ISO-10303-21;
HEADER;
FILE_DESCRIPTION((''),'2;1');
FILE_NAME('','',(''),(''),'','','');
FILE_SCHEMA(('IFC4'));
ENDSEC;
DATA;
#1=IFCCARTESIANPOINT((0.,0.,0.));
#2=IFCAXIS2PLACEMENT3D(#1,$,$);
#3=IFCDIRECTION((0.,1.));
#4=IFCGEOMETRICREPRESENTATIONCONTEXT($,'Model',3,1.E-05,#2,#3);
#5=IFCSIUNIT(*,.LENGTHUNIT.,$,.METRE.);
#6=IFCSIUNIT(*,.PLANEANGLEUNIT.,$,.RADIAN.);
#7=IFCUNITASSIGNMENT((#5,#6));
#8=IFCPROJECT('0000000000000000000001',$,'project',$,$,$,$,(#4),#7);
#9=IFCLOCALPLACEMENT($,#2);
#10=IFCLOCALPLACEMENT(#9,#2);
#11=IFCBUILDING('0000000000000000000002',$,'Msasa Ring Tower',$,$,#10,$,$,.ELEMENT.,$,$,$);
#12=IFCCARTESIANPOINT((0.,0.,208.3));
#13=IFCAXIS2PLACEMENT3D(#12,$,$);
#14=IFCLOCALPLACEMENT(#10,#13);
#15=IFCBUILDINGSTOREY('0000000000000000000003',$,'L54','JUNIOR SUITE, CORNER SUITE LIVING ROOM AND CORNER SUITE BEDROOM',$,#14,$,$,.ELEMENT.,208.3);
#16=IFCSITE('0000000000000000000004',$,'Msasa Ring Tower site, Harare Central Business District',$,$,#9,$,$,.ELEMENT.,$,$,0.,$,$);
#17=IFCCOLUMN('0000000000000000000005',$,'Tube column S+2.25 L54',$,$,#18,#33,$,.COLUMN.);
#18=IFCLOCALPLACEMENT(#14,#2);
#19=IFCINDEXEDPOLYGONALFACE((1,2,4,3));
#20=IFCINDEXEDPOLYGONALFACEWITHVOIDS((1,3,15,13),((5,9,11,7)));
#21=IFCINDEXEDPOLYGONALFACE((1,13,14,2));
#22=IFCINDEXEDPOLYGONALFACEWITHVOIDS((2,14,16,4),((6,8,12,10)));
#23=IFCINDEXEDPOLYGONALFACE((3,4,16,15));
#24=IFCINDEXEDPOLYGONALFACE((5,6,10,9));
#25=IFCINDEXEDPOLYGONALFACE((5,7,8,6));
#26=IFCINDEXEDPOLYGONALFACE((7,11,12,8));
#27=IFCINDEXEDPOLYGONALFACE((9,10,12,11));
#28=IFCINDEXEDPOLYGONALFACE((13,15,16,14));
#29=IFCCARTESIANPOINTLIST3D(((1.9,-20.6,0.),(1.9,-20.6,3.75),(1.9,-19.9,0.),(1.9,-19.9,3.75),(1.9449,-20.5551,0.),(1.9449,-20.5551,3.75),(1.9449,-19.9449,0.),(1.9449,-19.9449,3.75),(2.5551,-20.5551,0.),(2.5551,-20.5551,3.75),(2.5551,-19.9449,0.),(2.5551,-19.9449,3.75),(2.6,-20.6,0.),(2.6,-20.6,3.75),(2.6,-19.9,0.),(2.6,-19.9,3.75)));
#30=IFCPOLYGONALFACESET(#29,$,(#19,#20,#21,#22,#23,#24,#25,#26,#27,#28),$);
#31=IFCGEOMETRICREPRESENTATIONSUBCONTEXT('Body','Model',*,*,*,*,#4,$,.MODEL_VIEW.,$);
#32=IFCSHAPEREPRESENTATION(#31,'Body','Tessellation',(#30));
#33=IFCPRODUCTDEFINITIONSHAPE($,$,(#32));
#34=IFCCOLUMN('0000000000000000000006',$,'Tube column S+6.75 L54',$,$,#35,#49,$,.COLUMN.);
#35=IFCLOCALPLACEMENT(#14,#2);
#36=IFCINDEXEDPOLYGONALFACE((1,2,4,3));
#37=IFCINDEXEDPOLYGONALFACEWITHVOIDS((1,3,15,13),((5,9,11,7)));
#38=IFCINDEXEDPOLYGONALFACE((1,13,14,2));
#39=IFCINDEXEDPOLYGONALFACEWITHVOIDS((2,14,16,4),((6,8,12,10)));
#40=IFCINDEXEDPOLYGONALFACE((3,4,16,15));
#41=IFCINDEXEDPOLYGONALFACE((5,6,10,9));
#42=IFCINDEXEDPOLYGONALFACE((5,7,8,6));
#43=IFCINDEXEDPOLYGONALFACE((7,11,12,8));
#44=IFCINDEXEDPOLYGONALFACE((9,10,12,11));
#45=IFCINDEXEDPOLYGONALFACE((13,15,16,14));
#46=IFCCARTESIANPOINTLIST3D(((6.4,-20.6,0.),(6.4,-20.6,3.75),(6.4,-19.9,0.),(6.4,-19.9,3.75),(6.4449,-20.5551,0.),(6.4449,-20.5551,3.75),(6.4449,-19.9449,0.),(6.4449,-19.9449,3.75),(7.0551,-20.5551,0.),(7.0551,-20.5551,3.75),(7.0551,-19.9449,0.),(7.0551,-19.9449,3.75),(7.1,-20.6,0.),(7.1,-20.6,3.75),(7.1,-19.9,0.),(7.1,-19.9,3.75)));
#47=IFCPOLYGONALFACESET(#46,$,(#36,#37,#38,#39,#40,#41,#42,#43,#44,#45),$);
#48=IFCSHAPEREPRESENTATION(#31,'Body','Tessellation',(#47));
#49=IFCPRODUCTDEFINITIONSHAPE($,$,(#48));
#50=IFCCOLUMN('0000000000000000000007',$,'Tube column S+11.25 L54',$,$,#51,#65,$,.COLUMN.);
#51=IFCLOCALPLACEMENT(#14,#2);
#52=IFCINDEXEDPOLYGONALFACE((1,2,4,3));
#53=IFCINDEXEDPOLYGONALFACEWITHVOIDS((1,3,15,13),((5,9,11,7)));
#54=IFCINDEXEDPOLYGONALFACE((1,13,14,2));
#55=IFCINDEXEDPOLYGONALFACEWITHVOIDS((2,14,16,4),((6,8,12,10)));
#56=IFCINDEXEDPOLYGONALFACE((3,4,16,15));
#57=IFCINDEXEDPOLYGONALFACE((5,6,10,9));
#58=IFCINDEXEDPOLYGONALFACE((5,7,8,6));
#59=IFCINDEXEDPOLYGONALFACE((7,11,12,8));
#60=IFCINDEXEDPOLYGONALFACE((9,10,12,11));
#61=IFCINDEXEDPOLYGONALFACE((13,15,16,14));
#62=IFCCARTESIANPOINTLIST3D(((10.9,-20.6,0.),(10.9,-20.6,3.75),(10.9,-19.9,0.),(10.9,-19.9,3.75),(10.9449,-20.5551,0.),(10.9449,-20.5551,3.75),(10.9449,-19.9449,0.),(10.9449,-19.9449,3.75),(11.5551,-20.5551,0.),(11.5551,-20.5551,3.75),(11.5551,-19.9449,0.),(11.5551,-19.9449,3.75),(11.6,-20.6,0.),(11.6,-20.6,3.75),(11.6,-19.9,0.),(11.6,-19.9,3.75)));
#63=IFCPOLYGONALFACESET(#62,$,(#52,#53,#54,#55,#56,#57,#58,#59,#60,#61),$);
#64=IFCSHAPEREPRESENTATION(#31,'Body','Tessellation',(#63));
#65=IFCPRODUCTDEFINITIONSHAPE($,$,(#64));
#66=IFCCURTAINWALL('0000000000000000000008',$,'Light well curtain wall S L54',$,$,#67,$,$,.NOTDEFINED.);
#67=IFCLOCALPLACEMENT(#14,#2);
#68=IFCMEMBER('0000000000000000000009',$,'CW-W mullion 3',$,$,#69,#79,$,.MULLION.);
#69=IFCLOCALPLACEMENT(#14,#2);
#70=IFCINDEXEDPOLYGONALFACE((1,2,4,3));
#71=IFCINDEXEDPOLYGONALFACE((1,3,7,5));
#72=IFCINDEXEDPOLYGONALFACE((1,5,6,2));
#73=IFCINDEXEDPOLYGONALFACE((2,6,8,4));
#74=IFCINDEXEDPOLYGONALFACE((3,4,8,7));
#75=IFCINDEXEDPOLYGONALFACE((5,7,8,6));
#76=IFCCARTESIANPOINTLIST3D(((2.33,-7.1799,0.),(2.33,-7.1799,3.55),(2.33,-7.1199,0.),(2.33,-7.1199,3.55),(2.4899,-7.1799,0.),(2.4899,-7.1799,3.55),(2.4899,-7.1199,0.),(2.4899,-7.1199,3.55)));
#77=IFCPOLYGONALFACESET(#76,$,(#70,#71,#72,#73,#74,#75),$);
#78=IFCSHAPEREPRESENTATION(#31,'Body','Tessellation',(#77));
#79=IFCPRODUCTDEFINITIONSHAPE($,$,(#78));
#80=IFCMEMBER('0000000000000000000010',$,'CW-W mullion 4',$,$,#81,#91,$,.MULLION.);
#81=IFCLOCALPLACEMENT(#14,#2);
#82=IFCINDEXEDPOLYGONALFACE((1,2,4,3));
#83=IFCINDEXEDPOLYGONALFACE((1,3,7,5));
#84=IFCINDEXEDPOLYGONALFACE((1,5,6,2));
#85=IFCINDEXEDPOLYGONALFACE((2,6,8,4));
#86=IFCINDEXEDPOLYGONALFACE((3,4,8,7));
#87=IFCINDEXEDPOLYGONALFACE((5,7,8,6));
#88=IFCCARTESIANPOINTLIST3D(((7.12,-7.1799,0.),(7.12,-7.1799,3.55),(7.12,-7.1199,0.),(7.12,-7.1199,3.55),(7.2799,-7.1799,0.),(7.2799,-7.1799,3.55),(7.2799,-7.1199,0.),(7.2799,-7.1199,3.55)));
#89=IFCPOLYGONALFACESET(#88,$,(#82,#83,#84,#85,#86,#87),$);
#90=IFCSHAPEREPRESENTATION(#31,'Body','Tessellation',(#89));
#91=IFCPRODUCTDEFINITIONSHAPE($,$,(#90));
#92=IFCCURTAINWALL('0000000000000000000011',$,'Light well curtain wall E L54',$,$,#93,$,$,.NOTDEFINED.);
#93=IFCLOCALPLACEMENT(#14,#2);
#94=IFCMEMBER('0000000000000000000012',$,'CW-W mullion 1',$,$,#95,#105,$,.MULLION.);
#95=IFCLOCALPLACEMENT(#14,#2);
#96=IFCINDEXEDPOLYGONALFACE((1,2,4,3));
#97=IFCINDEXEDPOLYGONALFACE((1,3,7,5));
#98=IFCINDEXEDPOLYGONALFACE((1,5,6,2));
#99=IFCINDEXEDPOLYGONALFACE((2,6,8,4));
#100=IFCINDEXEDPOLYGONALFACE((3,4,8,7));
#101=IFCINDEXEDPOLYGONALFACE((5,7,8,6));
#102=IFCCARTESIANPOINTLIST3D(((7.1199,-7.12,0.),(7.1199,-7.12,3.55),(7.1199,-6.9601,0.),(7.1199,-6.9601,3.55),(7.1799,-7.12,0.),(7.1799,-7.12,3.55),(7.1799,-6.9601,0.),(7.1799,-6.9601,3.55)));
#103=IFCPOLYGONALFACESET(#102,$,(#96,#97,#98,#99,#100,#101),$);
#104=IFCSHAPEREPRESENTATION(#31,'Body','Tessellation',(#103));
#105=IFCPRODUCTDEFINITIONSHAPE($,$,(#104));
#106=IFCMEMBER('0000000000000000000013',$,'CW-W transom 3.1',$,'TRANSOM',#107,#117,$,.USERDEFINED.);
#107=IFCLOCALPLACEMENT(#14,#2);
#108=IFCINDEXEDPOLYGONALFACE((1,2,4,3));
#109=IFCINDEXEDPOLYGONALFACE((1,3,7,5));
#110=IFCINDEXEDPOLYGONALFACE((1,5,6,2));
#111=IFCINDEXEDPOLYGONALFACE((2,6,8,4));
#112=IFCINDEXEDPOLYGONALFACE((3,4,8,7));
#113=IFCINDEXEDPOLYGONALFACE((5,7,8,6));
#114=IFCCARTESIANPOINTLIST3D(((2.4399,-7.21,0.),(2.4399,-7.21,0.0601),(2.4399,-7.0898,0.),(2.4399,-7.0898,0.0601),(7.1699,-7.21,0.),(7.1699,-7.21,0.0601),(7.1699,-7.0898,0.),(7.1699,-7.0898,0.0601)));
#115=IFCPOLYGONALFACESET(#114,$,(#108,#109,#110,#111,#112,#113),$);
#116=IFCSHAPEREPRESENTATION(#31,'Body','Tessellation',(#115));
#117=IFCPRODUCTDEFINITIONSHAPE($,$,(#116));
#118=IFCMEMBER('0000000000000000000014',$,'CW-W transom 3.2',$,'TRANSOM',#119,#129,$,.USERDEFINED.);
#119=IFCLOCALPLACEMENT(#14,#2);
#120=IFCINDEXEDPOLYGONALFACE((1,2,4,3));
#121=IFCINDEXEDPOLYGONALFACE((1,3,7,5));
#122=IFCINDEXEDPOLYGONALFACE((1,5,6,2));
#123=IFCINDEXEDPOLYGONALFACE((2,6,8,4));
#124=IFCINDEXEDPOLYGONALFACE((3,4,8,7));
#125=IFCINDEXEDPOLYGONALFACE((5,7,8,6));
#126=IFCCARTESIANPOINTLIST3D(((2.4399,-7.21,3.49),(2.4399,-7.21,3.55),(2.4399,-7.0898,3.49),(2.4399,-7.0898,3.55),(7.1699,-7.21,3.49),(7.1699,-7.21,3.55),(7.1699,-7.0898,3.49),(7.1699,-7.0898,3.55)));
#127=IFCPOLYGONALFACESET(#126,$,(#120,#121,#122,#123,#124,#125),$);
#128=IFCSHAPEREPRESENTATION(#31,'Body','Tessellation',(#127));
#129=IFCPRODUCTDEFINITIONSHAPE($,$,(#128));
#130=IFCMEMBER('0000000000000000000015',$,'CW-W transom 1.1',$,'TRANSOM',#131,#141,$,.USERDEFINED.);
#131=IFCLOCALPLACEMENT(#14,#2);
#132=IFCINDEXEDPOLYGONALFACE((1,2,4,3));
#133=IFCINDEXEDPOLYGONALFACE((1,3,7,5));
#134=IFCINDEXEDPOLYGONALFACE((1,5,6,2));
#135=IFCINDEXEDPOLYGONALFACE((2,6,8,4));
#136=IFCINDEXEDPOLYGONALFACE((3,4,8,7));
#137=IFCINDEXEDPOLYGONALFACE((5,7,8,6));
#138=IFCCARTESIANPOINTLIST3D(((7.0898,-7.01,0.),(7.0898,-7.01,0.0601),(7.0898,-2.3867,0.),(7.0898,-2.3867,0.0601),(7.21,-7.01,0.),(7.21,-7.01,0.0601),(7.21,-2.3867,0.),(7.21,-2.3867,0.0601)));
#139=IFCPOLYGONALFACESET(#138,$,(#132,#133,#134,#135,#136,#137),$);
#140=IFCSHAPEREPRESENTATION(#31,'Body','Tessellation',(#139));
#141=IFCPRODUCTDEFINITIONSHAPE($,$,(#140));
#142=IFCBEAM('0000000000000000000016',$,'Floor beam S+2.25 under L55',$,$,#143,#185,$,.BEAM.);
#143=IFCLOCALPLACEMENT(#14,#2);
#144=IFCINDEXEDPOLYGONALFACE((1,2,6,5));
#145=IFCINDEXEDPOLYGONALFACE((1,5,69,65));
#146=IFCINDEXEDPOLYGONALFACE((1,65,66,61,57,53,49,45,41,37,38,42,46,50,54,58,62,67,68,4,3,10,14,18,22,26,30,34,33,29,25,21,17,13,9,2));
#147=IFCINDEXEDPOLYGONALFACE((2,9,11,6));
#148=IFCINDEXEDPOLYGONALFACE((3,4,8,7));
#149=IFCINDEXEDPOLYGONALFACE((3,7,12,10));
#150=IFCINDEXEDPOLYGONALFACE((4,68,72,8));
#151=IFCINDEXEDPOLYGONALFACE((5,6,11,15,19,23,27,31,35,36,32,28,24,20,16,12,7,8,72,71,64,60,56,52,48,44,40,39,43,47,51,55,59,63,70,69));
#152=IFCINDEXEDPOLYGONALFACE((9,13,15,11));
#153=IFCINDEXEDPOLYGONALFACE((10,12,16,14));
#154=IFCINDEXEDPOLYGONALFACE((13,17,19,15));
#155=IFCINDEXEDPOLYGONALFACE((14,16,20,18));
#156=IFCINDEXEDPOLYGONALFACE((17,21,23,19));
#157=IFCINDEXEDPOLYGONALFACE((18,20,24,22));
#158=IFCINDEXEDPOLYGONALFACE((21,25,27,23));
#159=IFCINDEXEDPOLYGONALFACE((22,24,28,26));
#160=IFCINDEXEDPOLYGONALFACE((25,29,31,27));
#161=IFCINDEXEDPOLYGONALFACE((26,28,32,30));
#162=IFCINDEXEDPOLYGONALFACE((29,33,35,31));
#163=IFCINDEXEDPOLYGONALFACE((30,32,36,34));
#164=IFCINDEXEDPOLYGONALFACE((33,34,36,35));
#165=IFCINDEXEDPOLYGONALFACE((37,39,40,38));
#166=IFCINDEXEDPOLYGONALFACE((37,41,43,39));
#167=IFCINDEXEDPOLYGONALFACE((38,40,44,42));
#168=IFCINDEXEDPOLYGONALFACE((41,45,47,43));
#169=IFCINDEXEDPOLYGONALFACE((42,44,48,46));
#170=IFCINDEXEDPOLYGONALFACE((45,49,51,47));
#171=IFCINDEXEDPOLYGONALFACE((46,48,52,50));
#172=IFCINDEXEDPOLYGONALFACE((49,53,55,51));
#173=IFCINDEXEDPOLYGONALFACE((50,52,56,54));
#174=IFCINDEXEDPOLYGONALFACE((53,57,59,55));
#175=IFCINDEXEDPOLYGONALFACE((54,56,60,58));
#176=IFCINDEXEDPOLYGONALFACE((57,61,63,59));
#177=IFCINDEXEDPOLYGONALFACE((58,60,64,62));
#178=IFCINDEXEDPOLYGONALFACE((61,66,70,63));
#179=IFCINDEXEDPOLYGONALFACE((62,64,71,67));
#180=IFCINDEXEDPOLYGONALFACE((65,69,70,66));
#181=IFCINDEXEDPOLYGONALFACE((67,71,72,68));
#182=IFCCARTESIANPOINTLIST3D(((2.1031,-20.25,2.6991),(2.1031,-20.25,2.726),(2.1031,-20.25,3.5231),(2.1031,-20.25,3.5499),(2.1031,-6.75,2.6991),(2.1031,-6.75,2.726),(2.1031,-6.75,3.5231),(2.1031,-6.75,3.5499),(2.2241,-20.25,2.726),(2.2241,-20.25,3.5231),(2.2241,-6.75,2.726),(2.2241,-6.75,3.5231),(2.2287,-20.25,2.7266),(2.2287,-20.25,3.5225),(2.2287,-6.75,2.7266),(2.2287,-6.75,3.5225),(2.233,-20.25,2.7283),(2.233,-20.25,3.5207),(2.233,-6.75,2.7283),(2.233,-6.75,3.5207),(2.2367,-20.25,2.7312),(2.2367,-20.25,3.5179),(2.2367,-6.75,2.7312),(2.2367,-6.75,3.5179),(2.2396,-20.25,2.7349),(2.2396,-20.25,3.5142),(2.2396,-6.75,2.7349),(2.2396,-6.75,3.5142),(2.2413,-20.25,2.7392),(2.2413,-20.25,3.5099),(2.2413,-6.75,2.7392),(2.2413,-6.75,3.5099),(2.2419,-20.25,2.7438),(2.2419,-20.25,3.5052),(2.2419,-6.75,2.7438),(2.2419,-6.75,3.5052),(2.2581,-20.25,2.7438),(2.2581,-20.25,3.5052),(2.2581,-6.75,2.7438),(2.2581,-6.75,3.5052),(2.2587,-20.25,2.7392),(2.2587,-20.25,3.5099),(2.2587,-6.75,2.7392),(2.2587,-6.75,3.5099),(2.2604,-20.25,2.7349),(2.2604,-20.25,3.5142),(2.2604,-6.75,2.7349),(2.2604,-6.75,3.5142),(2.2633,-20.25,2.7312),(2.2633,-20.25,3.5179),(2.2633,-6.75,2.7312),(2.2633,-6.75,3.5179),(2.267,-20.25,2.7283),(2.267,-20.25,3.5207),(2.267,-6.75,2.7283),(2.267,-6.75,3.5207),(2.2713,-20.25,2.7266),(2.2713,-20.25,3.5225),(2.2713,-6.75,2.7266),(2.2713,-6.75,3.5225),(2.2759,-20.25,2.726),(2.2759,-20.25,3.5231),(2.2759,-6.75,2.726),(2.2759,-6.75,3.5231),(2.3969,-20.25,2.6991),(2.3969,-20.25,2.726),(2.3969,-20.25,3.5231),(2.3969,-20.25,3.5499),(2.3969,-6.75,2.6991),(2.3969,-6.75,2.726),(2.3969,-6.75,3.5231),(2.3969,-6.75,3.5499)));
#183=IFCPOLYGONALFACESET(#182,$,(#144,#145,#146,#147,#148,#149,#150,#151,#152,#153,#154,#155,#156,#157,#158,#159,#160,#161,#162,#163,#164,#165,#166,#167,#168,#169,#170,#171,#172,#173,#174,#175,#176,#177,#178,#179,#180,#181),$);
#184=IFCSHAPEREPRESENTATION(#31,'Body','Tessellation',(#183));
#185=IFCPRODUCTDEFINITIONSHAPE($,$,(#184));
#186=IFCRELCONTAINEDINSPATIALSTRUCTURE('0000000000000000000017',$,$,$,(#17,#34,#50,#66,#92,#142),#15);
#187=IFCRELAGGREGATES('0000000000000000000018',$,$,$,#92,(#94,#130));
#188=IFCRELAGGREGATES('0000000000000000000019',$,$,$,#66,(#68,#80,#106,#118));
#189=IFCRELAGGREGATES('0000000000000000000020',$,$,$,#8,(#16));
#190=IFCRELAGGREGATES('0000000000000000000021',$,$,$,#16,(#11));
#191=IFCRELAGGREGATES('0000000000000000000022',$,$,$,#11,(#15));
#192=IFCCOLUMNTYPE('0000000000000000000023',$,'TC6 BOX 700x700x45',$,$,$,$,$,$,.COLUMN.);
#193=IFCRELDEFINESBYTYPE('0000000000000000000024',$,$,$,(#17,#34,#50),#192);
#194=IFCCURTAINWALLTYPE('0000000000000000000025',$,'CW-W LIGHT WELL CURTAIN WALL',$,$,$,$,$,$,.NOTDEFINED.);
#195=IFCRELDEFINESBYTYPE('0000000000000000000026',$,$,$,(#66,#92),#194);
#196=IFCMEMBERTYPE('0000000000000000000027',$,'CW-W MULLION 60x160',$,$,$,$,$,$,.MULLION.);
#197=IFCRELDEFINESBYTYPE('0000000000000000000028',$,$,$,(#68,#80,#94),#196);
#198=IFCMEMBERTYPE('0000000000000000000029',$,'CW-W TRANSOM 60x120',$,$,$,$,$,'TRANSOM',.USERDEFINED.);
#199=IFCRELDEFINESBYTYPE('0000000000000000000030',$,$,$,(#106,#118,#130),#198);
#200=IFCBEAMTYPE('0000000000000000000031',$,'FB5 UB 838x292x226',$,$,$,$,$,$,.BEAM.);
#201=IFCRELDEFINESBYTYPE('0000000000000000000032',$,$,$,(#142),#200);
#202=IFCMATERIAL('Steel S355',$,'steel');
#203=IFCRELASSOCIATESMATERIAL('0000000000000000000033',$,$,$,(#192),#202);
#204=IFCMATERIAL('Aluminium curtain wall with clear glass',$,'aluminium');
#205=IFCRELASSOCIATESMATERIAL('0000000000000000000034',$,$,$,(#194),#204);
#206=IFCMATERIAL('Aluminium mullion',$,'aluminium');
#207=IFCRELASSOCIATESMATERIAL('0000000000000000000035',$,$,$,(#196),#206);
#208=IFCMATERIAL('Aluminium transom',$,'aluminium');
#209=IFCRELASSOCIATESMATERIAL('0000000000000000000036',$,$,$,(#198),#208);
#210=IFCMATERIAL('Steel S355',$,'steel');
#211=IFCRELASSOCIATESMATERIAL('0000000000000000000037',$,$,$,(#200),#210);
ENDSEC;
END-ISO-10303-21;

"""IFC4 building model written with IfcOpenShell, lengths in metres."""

from ifc_helpers import new_model, si_unit, direction, frame, origin, origin_2d, place, context, subcontext, project, spatial, rectangle, hollow_rectangle, i_section, extrude, material, material_profile, profile_set, type_object, element, aggregate, save


model = new_model("IFC4")

# Units and contexts
model_context = context("Model", 3, precision=1e-05, world=origin(), true_north=direction((0.0, 1.0)))
body_context = subcontext(model_context, "Body", "Model", "MODEL_VIEW")
ifc_project = project(units=[si_unit("LENGTHUNIT", "METRE"), si_unit("PLANEANGLEUNIT", "RADIAN")], contexts=[model_context])

# Site, building, storey
site_placement = place(None, origin())
site = spatial("IfcSite", under=ifc_project, at=site_placement, Name="Msasa Ring Tower site, Harare Central Business District", CompositionType="ELEMENT", RefElevation=0.0)
building_placement = place(site_placement, origin())
building = spatial("IfcBuilding", under=site, at=building_placement, Name="Msasa Ring Tower", CompositionType="ELEMENT")
storey_placement = place(building_placement, frame((0.0, 0.0, 208.3)))
storey = spatial("IfcBuildingStorey", under=building, at=storey_placement, Name="L54", Description="JUNIOR SUITE, CORNER SUITE LIVING ROOM AND CORNER SUITE BEDROOM", CompositionType="ELEMENT", Elevation=208.3)

# Columns
ifc_material_1 = material(Name="Steel S355", Category="steel")
ifc_material_profile_1 = material_profile(ifc_material_1, hollow_rectangle(XDim=0.7, YDim=0.7, WallThickness=0.0449, at=origin_2d()), Name="BOX 700x700x45")
ifc_profile_set_1 = profile_set([ifc_material_profile_1], Name="Steel S355")
column_type = type_object("IfcColumnType", Name="TC6 BOX 700x700x45", PredefinedType="COLUMN", material=ifc_profile_set_1)
for number, where, z_axis, x_axis, name in (
    (1, (2.25, -20.25, 0.0), (0.0, 0.0, 1.0), (0.0, 1.0, 0.0), "Tube column S+2.25 L54"),
    (2, (6.75, -20.25, 0.0), (0.0, 0.0, 1.0), (0.0, 1.0, 0.0), "Tube column S+6.75 L54"),
    (3, (11.25, -20.25, 0.0), (0.0, 0.0, 1.0), (0.0, 1.0, 0.0), "Tube column S+11.25 L54"),
):
    element("IfcColumn", number, at=place(storey_placement, frame(where, z_axis=z_axis, x_axis=x_axis)), inside=storey, type_object=column_type, Name=name, PredefinedType="COLUMN", context=body_context, shape_type="SweptSolid", body=[
        extrude(hollow_rectangle(XDim=0.7, YDim=0.7, WallThickness=0.0449, at=origin_2d()), origin(), (0.0, 0.0, 1.0), 3.75),
    ])

# Curtain wall, members
ifc_material_2 = material(Name="Aluminium curtain wall with clear glass", Category="aluminium")
curtain_wall_type = type_object("IfcCurtainWallType", Name="CW-W LIGHT WELL CURTAIN WALL", PredefinedType="NOTDEFINED", material=ifc_material_2)
curtain_wall_1_placement = place(storey_placement, origin())
curtain_wall_1 = element("IfcCurtainWall", 4, at=curtain_wall_1_placement, inside=storey, type_object=curtain_wall_type, Name="Light well curtain wall S L54", PredefinedType="NOTDEFINED")
ifc_material_3 = material(Name="Aluminium mullion", Category="aluminium")
ifc_material_profile_2 = material_profile(ifc_material_3, rectangle(XDim=0.0601, YDim=0.1599, at=origin_2d()), Name="AL 60x160")
ifc_profile_set_2 = profile_set([ifc_material_profile_2], Name="Aluminium mullion")
member_type_1 = type_object("IfcMemberType", Name="CW-W MULLION 60x160", PredefinedType="MULLION", material=ifc_profile_set_2)
member_1_placement = place(storey_placement, frame((2.4099, -7.1499, 0.0), z_axis=(0.0, 0.0, 1.0), x_axis=(0.0, 1.0, 0.0)))
member_1 = element("IfcMember", 5, at=member_1_placement, type_object=member_type_1, Name="CW-W mullion 3", PredefinedType="MULLION", context=body_context, shape_type="SweptSolid", body=[
    extrude(rectangle(XDim=0.0601, YDim=0.1599, at=origin_2d()), origin(), (0.0, 0.0, 1.0), 3.55),
])
member_2_placement = place(storey_placement, frame((7.2, -7.1499, 0.0), z_axis=(0.0, 0.0, 1.0), x_axis=(0.0, 1.0, 0.0)))
member_2 = element("IfcMember", 6, at=member_2_placement, type_object=member_type_1, Name="CW-W mullion 4", PredefinedType="MULLION", context=body_context, shape_type="SweptSolid", body=[
    extrude(rectangle(XDim=0.0601, YDim=0.1599, at=origin_2d()), origin(), (0.0, 0.0, 1.0), 3.55),
])

# Curtain wall, member
curtain_wall_2_placement = place(storey_placement, origin())
curtain_wall_2 = element("IfcCurtainWall", 7, at=curtain_wall_2_placement, inside=storey, type_object=curtain_wall_type, Name="Light well curtain wall E L54", PredefinedType="NOTDEFINED")
member_3_placement = place(storey_placement, frame((7.1499, -7.04, 0.0), z_axis=(0.0, 0.0, 1.0), x_axis=(-1.0, 0.0, 0.0)))
member_3 = element("IfcMember", 8, at=member_3_placement, type_object=member_type_1, Name="CW-W mullion 1", PredefinedType="MULLION", context=body_context, shape_type="SweptSolid", body=[
    extrude(rectangle(XDim=0.0601, YDim=0.1599, at=origin_2d()), origin(), (0.0, 0.0, 1.0), 3.55),
])

# Members
ifc_material_4 = material(Name="Aluminium transom", Category="aluminium")
ifc_material_profile_3 = material_profile(ifc_material_4, rectangle(XDim=0.1201, YDim=0.0601, at=origin_2d()), Name="AL 60x120")
ifc_profile_set_3 = profile_set([ifc_material_profile_3], Name="Aluminium transom")
member_type_2 = type_object("IfcMemberType", Name="CW-W TRANSOM 60x120", ElementType="TRANSOM", PredefinedType="USERDEFINED", material=ifc_profile_set_3)
member_4_placement = place(storey_placement, frame((2.4399, -7.1499, 0.03), z_axis=(1.0, 0.0, 0.0), x_axis=(0.0, 1.0, 0.0)))
member_4 = element("IfcMember", 9, at=member_4_placement, type_object=member_type_2, Name="CW-W transom 3.1", ObjectType="TRANSOM", PredefinedType="USERDEFINED", context=body_context, shape_type="SweptSolid", body=[
    extrude(rectangle(XDim=0.1201, YDim=0.0601, at=origin_2d()), origin(), (0.0, 0.0, 1.0), 4.73),
])
member_5_placement = place(storey_placement, frame((2.4399, -7.1499, 3.52), z_axis=(1.0, 0.0, 0.0), x_axis=(0.0, 1.0, 0.0)))
member_5 = element("IfcMember", 10, at=member_5_placement, type_object=member_type_2, Name="CW-W transom 3.2", ObjectType="TRANSOM", PredefinedType="USERDEFINED", context=body_context, shape_type="SweptSolid", body=[
    extrude(rectangle(XDim=0.1201, YDim=0.0601, at=origin_2d()), origin(), (0.0, 0.0, 1.0), 4.73),
])
member_6_placement = place(storey_placement, frame((7.1499, -7.01, 0.03), z_axis=(0.0, 1.0, 0.0), x_axis=(-1.0, 0.0, 0.0)))
member_6 = element("IfcMember", 11, at=member_6_placement, type_object=member_type_2, Name="CW-W transom 1.1", ObjectType="TRANSOM", PredefinedType="USERDEFINED", context=body_context, shape_type="SweptSolid", body=[
    extrude(rectangle(XDim=0.1201, YDim=0.0601, at=origin_2d()), origin(), (0.0, 0.0, 1.0), 4.6233),
])
aggregate(curtain_wall_2, [member_3, member_6])

# Beam
ifc_material_5 = material(Name="Steel S355", Category="steel")
ifc_material_profile_4 = material_profile(ifc_material_5, i_section(OverallWidth=0.2937, OverallDepth=0.8508, WebThickness=0.0161, FlangeThickness=0.0269, FilletRadius=0.0178, at=origin_2d()), Name="UB 838x292x226")
ifc_profile_set_4 = profile_set([ifc_material_profile_4], Name="Steel S355")
beam_type_1 = type_object("IfcBeamType", Name="FB5 UB 838x292x226", PredefinedType="BEAM", material=ifc_profile_set_4)
for number, where, z_axis, x_axis, name in (
    (12, (2.25, -20.25, 3.1245), (0.0, 1.0, 0.0), (-1.0, 0.0, 0.0), "Floor beam S+2.25 under L55"),
):
    element("IfcBeam", number, at=place(storey_placement, frame(where, z_axis=z_axis, x_axis=x_axis)), inside=storey, type_object=beam_type_1, Name=name, PredefinedType="BEAM", context=body_context, shape_type="SweptSolid", body=[
        extrude(i_section(OverallWidth=0.2937, OverallDepth=0.8508, WebThickness=0.0161, FlangeThickness=0.0269, FilletRadius=0.0178, at=origin_2d()), origin(), (0.0, 0.0, 1.0), 13.5),
    ])

aggregate(curtain_wall_1, [member_1, member_2, member_4, member_5])

save(model, "model.ifc")
